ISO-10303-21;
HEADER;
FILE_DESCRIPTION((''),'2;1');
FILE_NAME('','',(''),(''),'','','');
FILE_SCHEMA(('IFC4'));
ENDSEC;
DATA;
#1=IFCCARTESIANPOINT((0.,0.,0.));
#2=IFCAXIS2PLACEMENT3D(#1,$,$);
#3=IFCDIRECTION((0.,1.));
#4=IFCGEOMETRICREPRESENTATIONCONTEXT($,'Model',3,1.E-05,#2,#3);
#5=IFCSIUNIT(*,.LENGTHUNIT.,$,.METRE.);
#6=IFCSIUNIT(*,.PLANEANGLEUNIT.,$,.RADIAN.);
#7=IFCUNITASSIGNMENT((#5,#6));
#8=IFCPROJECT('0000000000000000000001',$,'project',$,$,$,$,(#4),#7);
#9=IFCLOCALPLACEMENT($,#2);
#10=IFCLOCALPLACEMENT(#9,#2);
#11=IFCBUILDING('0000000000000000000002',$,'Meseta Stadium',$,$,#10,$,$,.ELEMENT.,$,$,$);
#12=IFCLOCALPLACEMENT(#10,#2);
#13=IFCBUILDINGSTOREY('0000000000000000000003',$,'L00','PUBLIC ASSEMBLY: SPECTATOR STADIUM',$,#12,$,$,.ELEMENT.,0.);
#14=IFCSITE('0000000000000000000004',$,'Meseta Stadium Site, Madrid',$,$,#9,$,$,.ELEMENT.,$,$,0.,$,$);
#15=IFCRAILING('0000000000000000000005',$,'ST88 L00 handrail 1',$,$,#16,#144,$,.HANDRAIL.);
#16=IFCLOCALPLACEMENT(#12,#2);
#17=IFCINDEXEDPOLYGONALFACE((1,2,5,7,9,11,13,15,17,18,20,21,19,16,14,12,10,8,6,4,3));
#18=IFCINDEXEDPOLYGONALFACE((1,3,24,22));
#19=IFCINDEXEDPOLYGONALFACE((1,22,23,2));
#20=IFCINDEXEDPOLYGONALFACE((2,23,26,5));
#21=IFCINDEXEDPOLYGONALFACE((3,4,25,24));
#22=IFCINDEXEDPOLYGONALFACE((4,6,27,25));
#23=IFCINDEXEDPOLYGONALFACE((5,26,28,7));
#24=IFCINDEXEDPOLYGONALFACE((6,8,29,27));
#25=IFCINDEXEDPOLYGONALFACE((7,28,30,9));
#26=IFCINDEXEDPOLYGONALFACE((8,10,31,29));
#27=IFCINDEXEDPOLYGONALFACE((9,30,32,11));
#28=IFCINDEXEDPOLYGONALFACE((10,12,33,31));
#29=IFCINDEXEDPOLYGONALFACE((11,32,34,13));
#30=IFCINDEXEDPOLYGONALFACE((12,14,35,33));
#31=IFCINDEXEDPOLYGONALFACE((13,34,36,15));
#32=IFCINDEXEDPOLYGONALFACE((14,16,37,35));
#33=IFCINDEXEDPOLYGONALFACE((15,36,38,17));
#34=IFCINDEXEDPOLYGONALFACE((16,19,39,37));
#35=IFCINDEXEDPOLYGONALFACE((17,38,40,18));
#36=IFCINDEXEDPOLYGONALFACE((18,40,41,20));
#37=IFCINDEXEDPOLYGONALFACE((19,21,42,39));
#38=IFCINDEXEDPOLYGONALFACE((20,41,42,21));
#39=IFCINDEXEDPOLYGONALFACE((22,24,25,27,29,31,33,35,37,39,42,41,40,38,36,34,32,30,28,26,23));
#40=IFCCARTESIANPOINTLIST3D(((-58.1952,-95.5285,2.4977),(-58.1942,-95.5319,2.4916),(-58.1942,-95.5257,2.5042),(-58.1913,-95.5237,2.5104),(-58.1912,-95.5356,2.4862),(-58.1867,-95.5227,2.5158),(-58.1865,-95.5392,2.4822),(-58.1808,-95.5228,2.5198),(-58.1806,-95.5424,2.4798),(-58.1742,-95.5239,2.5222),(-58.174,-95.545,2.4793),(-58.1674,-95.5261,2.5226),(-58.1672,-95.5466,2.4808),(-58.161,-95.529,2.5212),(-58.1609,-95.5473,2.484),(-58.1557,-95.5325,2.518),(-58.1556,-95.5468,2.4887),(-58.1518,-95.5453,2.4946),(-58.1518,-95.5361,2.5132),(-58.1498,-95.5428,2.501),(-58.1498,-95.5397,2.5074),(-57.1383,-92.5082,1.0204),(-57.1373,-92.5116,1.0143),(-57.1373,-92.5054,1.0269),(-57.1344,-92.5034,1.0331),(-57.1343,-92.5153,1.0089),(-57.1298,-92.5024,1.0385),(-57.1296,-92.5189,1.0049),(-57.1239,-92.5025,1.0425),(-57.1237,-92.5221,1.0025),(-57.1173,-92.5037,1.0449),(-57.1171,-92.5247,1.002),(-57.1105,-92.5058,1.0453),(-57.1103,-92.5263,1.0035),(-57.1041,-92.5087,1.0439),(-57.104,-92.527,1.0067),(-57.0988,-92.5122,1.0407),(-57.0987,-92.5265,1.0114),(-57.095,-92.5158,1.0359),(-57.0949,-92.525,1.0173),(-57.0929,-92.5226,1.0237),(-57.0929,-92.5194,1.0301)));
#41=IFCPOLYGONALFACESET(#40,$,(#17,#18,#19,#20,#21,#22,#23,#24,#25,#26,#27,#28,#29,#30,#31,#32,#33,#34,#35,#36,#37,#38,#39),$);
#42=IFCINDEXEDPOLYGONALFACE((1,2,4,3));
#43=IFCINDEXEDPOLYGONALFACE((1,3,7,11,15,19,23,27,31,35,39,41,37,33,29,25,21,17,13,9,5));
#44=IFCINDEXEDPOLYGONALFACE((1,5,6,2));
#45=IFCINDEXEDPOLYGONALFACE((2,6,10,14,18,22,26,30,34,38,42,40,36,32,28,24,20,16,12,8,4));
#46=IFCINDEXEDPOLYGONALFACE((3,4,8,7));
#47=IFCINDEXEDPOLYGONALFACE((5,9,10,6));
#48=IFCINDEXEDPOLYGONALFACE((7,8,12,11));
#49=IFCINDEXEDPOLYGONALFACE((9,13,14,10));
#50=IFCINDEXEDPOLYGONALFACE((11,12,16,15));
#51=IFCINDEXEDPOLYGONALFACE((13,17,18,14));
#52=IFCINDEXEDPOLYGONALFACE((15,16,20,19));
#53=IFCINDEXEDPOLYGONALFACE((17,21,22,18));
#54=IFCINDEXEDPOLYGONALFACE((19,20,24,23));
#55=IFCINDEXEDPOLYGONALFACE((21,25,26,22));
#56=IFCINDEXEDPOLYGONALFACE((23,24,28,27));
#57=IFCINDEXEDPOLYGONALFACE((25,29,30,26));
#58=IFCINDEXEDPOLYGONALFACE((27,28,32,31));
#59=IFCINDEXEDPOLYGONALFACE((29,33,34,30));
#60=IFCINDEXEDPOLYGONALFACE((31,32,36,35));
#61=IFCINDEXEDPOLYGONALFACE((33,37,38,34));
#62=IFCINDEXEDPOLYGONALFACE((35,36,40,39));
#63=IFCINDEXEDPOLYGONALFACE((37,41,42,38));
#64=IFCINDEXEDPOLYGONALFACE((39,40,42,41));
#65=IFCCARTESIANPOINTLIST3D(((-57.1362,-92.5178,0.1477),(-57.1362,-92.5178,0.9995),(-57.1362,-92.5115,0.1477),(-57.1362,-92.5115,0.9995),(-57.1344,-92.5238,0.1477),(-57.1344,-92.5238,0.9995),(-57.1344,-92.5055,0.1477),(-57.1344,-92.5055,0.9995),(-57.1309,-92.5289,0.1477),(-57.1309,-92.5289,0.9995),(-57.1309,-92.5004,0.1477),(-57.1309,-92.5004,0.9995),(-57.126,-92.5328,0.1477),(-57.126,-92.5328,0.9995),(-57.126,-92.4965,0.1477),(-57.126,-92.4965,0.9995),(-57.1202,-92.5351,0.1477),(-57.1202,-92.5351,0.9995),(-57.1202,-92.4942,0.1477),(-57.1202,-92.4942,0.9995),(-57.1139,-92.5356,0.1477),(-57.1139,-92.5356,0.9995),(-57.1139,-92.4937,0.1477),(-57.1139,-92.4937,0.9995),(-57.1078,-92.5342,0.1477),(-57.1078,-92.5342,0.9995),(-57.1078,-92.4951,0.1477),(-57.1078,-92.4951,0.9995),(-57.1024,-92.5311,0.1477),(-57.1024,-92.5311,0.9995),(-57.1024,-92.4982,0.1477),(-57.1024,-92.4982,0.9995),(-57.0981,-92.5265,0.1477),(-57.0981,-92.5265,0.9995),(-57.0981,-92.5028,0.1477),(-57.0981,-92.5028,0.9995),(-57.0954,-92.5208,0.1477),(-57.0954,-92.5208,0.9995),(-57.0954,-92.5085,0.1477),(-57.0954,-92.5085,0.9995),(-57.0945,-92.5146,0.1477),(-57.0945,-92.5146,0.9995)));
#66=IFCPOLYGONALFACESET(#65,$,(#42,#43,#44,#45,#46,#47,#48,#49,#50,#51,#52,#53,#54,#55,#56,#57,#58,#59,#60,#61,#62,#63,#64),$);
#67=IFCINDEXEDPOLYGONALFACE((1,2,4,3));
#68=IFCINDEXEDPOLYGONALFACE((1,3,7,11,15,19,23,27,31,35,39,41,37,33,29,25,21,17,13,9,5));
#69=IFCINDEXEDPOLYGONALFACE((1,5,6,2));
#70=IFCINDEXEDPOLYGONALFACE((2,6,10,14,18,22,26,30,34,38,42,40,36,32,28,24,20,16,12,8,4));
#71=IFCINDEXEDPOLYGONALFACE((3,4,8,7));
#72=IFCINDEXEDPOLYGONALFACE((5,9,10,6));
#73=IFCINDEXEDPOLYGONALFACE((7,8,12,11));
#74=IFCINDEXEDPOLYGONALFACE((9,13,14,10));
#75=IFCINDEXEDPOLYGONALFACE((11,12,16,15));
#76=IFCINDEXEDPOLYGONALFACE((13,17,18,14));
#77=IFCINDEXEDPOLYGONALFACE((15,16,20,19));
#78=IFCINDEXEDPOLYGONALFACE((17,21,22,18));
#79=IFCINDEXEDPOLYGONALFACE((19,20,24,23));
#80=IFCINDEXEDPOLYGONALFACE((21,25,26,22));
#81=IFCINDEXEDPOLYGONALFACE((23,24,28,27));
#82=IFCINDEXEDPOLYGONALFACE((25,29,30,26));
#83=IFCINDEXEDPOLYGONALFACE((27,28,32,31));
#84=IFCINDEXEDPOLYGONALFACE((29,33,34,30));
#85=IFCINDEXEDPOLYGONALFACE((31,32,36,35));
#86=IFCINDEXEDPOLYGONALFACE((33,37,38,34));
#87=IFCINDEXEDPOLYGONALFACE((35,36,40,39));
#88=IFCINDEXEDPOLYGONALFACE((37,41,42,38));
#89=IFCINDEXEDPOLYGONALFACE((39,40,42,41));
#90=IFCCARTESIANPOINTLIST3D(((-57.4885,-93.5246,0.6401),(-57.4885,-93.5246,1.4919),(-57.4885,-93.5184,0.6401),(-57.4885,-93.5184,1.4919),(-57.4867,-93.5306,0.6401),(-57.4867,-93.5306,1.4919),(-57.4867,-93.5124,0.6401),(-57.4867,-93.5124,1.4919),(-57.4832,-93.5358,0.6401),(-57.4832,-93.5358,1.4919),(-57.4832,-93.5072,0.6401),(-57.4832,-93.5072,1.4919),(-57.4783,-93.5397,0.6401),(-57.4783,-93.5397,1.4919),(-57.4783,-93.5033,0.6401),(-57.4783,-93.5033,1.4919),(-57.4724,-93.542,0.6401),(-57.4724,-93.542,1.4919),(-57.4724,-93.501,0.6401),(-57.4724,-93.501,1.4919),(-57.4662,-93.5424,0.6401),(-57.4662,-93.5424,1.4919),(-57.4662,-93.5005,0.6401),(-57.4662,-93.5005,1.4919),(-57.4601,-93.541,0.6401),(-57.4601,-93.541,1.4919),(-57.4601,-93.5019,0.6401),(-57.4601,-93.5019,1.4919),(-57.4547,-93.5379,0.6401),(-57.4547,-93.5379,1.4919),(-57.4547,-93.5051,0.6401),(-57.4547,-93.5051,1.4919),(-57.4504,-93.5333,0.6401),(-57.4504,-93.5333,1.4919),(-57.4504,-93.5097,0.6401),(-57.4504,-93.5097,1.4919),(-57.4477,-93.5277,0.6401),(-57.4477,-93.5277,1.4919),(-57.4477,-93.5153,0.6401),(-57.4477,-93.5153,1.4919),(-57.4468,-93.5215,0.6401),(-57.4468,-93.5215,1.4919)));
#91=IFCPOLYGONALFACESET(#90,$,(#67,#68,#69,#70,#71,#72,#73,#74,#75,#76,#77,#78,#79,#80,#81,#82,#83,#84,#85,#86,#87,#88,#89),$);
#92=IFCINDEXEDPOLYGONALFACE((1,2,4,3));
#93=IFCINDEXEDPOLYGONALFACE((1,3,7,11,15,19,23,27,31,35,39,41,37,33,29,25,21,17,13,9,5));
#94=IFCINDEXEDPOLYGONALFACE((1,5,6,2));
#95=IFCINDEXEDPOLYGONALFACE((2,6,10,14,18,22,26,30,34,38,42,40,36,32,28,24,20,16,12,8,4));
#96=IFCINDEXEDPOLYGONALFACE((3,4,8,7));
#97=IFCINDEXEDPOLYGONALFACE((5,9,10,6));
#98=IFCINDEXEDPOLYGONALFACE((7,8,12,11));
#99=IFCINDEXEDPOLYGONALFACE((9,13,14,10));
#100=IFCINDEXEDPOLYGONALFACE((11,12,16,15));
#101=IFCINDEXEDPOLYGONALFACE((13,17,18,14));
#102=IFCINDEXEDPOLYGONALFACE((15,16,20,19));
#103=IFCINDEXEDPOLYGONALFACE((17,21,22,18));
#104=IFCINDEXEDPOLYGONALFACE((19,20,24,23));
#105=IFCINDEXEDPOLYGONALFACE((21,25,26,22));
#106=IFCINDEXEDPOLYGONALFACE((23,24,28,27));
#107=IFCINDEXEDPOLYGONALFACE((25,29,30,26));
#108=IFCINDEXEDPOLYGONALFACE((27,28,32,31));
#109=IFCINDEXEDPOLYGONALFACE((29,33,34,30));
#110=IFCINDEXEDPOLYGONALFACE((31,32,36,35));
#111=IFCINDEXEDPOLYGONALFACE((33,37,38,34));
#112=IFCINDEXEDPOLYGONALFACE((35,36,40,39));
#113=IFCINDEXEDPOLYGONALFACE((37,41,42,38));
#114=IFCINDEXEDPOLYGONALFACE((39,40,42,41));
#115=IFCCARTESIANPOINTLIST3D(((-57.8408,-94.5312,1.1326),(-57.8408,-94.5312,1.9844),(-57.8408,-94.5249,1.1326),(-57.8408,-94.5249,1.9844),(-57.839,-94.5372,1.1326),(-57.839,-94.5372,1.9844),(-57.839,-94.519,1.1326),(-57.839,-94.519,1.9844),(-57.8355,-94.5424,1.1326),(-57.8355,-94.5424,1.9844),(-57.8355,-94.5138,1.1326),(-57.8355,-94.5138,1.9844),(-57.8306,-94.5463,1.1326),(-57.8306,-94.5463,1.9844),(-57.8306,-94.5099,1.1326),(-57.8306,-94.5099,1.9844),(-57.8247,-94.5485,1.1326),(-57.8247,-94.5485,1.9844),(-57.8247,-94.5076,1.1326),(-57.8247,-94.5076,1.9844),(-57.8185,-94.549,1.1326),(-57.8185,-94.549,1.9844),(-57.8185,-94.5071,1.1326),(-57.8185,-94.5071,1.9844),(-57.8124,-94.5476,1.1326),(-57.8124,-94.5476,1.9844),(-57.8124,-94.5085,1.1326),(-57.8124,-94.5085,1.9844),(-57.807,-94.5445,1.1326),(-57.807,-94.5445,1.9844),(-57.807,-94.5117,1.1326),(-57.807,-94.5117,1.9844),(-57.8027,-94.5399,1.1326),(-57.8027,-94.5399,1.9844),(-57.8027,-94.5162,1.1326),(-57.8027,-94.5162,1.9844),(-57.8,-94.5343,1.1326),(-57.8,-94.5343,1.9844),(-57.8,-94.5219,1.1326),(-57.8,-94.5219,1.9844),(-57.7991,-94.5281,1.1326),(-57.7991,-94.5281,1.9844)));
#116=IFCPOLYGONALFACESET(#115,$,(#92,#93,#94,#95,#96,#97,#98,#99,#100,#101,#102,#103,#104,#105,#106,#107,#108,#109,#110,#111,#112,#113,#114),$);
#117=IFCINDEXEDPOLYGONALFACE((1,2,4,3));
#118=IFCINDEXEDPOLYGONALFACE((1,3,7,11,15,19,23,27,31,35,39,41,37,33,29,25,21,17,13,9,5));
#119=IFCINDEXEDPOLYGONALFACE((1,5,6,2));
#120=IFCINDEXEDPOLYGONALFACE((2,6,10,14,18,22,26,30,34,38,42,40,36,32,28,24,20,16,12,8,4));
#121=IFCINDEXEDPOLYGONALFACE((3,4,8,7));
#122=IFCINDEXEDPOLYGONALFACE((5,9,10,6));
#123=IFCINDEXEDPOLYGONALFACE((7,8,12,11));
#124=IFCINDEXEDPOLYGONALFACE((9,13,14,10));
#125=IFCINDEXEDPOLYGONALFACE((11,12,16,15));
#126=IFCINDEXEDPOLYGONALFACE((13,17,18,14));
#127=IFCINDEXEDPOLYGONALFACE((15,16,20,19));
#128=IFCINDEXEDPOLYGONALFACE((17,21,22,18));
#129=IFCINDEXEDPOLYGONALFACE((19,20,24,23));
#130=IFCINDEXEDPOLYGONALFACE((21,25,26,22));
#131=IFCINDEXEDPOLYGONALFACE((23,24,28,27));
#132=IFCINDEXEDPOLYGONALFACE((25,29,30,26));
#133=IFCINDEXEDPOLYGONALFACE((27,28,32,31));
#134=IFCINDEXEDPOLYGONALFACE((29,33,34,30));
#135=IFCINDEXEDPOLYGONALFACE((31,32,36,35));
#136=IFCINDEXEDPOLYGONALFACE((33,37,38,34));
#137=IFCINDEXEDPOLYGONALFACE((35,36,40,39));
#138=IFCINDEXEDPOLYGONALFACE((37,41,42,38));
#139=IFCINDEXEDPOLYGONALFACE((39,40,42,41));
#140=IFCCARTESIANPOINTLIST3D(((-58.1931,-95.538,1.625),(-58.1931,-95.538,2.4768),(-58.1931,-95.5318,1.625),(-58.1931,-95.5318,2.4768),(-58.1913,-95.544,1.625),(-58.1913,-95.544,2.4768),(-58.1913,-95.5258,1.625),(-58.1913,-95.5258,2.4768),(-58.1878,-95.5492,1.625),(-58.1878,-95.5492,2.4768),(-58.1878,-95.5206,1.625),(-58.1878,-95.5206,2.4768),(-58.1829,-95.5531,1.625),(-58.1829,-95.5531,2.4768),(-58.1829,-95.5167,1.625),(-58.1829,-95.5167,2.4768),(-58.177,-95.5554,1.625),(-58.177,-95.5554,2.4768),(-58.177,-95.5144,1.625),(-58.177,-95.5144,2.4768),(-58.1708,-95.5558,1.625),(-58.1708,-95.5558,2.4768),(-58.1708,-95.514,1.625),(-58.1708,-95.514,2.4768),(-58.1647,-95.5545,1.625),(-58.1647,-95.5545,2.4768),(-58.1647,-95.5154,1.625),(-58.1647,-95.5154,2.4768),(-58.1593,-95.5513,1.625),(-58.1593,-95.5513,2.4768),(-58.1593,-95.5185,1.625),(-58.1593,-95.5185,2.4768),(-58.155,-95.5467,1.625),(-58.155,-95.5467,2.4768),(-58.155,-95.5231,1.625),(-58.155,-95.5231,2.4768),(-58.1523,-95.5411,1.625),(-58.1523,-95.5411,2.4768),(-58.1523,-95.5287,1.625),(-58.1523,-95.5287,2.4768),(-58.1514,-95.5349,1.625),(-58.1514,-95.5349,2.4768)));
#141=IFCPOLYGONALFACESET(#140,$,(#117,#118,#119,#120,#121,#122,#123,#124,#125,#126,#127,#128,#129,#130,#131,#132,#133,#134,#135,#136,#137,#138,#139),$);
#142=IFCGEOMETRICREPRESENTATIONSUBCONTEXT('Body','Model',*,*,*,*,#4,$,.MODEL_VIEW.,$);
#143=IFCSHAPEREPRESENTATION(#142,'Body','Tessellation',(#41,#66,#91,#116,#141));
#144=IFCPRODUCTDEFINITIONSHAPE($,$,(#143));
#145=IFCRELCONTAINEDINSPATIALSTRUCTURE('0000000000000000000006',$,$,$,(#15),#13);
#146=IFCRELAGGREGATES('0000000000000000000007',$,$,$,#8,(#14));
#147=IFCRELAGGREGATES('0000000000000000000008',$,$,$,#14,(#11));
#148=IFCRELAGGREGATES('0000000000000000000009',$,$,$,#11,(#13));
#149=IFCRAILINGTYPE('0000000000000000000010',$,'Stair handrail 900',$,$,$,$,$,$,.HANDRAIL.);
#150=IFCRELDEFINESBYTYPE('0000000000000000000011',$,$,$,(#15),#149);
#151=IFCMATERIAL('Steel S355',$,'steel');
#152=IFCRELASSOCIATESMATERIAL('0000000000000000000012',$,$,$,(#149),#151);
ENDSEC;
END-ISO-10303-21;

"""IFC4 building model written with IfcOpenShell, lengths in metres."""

from ifc_helpers import new_model, si_unit, direction, frame, origin, origin_2d, place, context, subcontext, project, spatial, circle, extrude, material, type_object, element, save


model = new_model("IFC4")

# Units and contexts
model_context = context("Model", 3, precision=1e-05, world=origin(), true_north=direction((0.0, 1.0)))
body_context = subcontext(model_context, "Body", "Model", "MODEL_VIEW")
ifc_project = project(units=[si_unit("LENGTHUNIT", "METRE"), si_unit("PLANEANGLEUNIT", "RADIAN")], contexts=[model_context])

# Site, building, storey
site_placement = place(None, origin())
site = spatial("IfcSite", under=ifc_project, at=site_placement, Name="Meseta Stadium Site, Madrid", CompositionType="ELEMENT", RefElevation=0.0)
building_placement = place(site_placement, origin())
building = spatial("IfcBuilding", under=site, at=building_placement, Name="Meseta Stadium", CompositionType="ELEMENT")
storey_placement = place(building_placement, origin())
storey = spatial("IfcBuildingStorey", under=building, at=storey_placement, Name="L00", Description="PUBLIC ASSEMBLY: SPECTATOR STADIUM", CompositionType="ELEMENT", Elevation=0.0)

# Railing
ifc_material_1 = material(Name="Steel S355", Category="steel")
railing_type_1 = type_object("IfcRailingType", Name="Stair handrail 900", PredefinedType="HANDRAIL", material=ifc_material_1)
for number, where, name in (
    (1, (-57.1155, -92.5146, 0.1477), "ST88 L00 handrail 1"),
):
    element("IfcRailing", number, at=place(storey_placement, frame(where)), inside=storey, type_object=railing_type_1, Name=name, PredefinedType="HANDRAIL", context=body_context, shape_type="SweptSolid", body=[
        extrude(circle(Radius=0.0239, at=origin_2d()), frame((0.0, 0.0, 0.876), z_axis=(-0.299876, -0.856958, 0.419162), x_axis=(0.943879, -0.330293, 0.0)), (0.0, 0.0, 1.0), 3.5244),
        extrude(circle(Radius=0.021, at=origin_2d()), origin(), (0.0, 0.0, 1.0), 0.8518),
        extrude(circle(Radius=0.021, at=origin_2d()), frame((-0.3523, -1.0068, 0.4924)), (0.0, 0.0, 1.0), 0.8518),
        extrude(circle(Radius=0.021, at=origin_2d()), frame((-0.7046, -2.0134, 0.9849)), (0.0, 0.0, 1.0), 0.8518),
        extrude(circle(Radius=0.021, at=origin_2d()), frame((-1.0569, -3.0203, 1.4773)), (0.0, 0.0, 1.0), 0.8518),
    ])

save(model, "model.ifc")
